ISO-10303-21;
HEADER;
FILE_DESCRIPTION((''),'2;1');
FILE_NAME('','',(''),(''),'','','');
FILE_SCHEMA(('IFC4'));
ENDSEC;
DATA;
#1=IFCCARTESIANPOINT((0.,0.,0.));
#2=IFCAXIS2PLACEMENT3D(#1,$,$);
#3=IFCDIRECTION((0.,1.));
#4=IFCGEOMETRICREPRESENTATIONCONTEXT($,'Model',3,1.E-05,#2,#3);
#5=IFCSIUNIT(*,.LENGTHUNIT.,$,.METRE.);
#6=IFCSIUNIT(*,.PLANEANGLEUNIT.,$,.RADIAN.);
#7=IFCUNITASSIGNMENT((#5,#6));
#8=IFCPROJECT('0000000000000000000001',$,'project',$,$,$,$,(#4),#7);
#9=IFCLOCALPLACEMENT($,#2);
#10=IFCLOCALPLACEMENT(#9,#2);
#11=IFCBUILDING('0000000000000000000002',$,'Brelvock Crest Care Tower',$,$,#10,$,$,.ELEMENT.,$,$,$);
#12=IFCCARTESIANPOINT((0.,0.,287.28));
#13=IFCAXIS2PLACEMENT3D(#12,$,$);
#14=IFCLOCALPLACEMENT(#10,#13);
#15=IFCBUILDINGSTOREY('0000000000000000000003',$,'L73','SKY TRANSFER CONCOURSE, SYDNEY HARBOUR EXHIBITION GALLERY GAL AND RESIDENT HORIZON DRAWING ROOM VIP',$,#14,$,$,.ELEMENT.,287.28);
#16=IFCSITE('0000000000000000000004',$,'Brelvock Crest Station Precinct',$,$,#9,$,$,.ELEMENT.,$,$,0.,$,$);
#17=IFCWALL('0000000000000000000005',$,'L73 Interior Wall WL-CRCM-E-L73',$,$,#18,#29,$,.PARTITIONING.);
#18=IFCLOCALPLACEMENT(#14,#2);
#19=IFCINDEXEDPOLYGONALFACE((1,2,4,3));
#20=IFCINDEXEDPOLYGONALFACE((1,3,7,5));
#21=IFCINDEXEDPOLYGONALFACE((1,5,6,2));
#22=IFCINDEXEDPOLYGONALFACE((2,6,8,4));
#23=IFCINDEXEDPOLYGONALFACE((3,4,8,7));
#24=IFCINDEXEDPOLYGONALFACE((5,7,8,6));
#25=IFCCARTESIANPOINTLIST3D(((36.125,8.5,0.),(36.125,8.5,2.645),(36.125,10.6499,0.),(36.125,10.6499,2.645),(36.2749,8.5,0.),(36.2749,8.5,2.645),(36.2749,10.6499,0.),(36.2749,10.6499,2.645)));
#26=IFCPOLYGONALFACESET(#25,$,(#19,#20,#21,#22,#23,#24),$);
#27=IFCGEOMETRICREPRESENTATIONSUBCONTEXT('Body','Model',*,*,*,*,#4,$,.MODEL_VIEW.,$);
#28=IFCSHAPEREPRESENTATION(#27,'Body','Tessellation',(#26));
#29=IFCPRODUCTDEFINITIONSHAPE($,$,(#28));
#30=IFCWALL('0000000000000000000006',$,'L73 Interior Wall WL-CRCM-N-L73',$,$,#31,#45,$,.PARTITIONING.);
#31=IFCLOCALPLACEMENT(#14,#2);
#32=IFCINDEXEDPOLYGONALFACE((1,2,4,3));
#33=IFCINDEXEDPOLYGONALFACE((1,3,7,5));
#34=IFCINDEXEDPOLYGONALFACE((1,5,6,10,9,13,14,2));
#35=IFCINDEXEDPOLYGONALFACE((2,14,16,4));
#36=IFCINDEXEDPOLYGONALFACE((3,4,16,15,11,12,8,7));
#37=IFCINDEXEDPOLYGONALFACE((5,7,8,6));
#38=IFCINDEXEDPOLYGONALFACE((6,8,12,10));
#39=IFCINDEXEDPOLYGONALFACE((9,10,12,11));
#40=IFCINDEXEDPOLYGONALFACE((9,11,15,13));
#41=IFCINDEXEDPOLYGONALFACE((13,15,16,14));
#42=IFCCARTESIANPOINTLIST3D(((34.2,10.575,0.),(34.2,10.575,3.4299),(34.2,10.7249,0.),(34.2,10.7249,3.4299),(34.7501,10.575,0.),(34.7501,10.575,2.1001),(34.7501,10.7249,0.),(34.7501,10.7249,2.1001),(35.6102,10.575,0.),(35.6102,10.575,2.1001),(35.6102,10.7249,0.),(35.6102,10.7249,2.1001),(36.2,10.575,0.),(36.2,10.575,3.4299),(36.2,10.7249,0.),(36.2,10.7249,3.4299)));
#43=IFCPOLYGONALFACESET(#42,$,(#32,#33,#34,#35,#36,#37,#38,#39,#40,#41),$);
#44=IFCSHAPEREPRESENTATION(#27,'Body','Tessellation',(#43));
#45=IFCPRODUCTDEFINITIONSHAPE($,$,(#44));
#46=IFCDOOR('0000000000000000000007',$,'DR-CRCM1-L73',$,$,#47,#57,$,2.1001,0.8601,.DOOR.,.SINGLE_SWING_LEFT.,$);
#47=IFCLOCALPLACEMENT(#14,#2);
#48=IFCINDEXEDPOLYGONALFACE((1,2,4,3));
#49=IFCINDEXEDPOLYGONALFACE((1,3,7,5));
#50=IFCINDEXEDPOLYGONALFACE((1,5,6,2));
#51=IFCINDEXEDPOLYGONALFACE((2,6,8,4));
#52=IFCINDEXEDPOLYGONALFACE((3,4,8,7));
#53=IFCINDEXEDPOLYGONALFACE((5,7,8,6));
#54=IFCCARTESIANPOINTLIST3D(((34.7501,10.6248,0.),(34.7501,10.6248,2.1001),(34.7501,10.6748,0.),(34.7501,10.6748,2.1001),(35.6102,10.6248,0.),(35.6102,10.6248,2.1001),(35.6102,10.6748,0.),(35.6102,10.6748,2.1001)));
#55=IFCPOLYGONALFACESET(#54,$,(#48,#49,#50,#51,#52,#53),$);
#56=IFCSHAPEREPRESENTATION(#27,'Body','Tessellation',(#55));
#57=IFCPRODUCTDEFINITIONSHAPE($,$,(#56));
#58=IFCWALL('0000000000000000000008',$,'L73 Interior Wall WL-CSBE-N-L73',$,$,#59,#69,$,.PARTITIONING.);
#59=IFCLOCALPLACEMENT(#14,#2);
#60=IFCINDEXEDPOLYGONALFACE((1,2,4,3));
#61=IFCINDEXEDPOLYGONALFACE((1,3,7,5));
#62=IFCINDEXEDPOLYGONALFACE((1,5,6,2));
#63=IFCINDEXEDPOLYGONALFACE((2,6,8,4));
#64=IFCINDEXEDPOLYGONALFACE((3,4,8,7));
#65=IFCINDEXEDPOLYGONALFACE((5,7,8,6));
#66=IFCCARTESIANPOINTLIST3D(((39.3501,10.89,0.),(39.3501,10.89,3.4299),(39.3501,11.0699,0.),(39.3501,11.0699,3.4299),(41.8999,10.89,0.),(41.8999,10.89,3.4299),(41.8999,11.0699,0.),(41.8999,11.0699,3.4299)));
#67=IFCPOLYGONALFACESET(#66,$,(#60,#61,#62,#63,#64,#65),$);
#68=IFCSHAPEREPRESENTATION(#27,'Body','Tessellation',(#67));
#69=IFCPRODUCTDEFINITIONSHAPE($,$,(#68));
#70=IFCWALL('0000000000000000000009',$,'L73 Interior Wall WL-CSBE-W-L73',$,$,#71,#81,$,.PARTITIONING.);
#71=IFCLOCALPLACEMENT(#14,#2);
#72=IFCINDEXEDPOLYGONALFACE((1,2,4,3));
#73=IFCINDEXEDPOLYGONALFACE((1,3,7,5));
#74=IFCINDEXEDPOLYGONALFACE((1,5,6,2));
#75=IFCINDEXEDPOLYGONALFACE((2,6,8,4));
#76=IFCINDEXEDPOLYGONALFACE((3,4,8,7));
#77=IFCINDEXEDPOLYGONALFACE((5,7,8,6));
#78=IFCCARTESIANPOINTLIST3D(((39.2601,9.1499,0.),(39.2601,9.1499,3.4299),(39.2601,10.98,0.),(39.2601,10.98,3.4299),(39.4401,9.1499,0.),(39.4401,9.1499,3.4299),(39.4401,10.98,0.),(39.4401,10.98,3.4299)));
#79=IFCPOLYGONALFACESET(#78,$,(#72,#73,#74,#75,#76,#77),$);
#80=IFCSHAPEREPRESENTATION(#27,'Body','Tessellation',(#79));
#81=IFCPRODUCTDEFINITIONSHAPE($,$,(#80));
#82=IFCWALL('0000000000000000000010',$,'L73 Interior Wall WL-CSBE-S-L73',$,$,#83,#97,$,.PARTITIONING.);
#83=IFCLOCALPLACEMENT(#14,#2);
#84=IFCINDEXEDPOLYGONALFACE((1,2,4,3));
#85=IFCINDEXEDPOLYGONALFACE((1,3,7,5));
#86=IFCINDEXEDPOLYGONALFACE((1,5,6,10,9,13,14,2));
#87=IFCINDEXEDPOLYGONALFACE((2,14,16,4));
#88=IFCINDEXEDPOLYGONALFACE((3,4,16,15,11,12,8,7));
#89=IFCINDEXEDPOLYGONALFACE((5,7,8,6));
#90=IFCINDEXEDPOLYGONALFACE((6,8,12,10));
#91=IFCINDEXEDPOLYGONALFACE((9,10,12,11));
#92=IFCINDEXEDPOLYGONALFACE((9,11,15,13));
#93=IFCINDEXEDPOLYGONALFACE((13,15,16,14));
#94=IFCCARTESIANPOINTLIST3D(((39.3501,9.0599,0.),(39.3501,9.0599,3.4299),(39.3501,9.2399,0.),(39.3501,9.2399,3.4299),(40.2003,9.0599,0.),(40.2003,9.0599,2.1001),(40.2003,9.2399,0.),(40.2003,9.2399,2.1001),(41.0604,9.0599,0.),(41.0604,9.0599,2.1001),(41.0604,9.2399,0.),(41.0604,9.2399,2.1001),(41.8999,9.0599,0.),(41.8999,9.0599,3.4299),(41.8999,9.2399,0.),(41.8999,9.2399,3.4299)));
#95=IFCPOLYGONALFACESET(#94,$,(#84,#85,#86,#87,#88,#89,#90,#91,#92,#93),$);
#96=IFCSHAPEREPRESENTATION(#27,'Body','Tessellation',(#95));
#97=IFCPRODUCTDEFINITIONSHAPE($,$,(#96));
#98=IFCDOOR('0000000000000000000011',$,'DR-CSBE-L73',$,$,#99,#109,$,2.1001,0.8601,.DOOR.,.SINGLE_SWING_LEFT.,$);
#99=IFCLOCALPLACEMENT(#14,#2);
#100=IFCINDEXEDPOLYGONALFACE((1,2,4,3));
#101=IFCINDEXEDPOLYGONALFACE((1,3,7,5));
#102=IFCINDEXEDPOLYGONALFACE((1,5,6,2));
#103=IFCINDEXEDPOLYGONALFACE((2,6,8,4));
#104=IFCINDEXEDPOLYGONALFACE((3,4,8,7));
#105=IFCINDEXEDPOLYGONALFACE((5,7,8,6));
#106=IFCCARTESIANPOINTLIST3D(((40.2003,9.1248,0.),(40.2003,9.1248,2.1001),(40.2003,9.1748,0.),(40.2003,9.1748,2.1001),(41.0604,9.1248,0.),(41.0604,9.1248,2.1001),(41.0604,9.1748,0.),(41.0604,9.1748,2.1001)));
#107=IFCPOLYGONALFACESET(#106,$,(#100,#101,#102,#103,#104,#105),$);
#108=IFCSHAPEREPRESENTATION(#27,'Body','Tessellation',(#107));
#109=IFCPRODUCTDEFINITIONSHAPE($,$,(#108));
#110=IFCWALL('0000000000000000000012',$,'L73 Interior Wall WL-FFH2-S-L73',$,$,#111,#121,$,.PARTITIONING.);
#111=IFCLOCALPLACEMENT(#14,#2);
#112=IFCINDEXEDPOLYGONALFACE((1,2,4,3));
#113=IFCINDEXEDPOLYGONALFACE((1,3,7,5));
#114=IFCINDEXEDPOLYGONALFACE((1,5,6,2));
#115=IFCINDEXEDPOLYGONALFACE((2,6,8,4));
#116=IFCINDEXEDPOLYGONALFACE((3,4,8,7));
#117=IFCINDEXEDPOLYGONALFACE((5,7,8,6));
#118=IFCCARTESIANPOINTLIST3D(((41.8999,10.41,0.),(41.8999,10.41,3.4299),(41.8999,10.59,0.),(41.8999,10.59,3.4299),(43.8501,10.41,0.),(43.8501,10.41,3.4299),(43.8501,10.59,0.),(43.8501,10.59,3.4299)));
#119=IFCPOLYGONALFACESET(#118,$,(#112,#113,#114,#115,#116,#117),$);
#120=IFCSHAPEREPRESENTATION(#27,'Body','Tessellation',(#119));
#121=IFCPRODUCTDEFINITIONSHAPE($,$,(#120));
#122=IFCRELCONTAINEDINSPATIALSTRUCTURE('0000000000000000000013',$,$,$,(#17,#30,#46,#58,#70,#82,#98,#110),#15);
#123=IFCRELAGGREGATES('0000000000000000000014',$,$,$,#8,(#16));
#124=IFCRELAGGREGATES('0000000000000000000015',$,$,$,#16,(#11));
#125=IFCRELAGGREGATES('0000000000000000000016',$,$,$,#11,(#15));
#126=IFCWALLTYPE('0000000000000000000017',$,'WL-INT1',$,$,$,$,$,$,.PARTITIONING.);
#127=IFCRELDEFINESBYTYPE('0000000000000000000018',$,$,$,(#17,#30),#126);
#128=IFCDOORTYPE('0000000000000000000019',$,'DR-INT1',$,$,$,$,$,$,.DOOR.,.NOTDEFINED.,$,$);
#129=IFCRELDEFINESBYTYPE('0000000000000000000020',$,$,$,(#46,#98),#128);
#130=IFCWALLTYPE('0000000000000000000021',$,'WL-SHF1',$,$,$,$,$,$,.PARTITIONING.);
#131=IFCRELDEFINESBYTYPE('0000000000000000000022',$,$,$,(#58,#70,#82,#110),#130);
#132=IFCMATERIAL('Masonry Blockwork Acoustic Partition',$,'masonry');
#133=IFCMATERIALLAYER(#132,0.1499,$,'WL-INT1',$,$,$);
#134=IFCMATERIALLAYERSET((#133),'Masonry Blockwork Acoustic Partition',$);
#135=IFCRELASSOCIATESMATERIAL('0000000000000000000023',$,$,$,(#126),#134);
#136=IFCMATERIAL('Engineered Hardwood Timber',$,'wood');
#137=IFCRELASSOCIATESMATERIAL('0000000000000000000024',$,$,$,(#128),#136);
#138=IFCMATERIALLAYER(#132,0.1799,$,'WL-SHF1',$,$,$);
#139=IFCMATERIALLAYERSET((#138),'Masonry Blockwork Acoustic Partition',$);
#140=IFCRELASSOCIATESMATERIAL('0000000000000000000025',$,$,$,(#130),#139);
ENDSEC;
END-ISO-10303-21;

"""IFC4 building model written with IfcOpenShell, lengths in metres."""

from ifc_helpers import new_model, si_unit, direction, frame, frame_2d, origin, origin_2d, place, context, subcontext, project, spatial, rectangle, extrude, source, transform, mapped, material, layer, layer_set, type_object, element, fill, save


model = new_model("IFC4")

# Units and contexts
model_context = context("Model", 3, precision=1e-05, world=origin(), true_north=direction((0.0, 1.0)))
body_context = subcontext(model_context, "Body", "Model", "MODEL_VIEW")
ifc_project = project(units=[si_unit("LENGTHUNIT", "METRE"), si_unit("PLANEANGLEUNIT", "RADIAN")], contexts=[model_context])

# Site, building, storey
site_placement = place(None, origin())
site = spatial("IfcSite", under=ifc_project, at=site_placement, Name="Brelvock Crest Station Precinct", CompositionType="ELEMENT", RefElevation=0.0)
building_placement = place(site_placement, origin())
building = spatial("IfcBuilding", under=site, at=building_placement, Name="Brelvock Crest Care Tower", CompositionType="ELEMENT")
storey_placement = place(building_placement, frame((0.0, 0.0, 287.28)))
storey = spatial("IfcBuildingStorey", under=building, at=storey_placement, Name="L73", Description="SKY TRANSFER CONCOURSE, SYDNEY HARBOUR EXHIBITION GALLERY GAL AND RESIDENT HORIZON DRAWING ROOM VIP", CompositionType="ELEMENT", Elevation=287.28)

# Shared definitions
ifc_material_1 = material(Name="Masonry Blockwork Acoustic Partition", Category="masonry")
ifc_layer_1 = layer(ifc_material_1, 0.1499, Name="WL-INT1")
ifc_layer_set_1 = layer_set([ifc_layer_1], Name="Masonry Blockwork Acoustic Partition")
wall_type_1 = type_object("IfcWallType", Name="WL-INT1", PredefinedType="PARTITIONING", material=ifc_layer_set_1)
ifc_material_2 = material(Name="Engineered Hardwood Timber", Category="wood")
door_type = type_object("IfcDoorType", Name="DR-INT1", OperationType="NOTDEFINED", PredefinedType="DOOR", material=ifc_material_2)
shared_shape_1 = source(origin(), body_context, "Body", "SweptSolid", [
    extrude(rectangle(XDim=0.8601, YDim=2.1001, at=origin_2d()), frame((0.4302, 0.0249, 1.05), z_axis=(0.0, -1.0, 0.0), x_axis=(1.0, 0.0, 0.0)), (0.0, 0.0, 1.0), 0.05),
])

# Wall
wall_1_placement = place(storey_placement, frame((36.2, 8.5, 0.0), z_axis=(0.0, 0.0, 1.0), x_axis=(0.0, 1.0, 0.0)))
element("IfcWall", 1, at=wall_1_placement, inside=storey, type_object=wall_type_1, Name="L73 Interior Wall WL-CRCM-E-L73", PredefinedType="PARTITIONING", context=body_context, shape_type="SweptSolid", body=[
    extrude(rectangle(XDim=2.1499, YDim=0.1499, at=frame_2d((1.075, 0.0))), origin(), (0.0, 0.0, 1.0), 2.645),
])

# Wall, opening, door
wall_2_placement = place(storey_placement, frame((34.2, 10.6499, 0.0), z_axis=(0.0, 0.0, 1.0), x_axis=(1.0, 0.0, 0.0)))
wall_2 = element("IfcWall", 2, at=wall_2_placement, inside=storey, type_object=wall_type_1, Name="L73 Interior Wall WL-CRCM-N-L73", PredefinedType="PARTITIONING", context=body_context, shape_type="SweptSolid", body=[
    extrude(rectangle(XDim=2.0, YDim=0.1499, at=frame_2d((1.0, 0.0))), origin(), (0.0, 0.0, 1.0), 3.4299),
])
opening_1_placement = place(wall_2_placement, frame((0.55, 0.0, 0.0)))
opening_1 = element("IfcOpeningElement", 3, at=opening_1_placement, cuts=wall_2, PredefinedType="OPENING", context=body_context, shape_type="SweptSolid", body=[
    extrude(rectangle(XDim=0.8601, YDim=2.1001, at=origin_2d()), frame((0.4302, 0.085, 1.05), z_axis=(0.0, -1.0, 0.0), x_axis=(1.0, 0.0, 0.0)), (0.0, 0.0, 1.0), 0.1699),
])
door_1_placement = place(opening_1_placement, origin())
door_1 = element("IfcDoor", 4, at=door_1_placement, inside=storey, type_object=door_type, Name="DR-CRCM1-L73", OperationType="SINGLE_SWING_LEFT", OverallHeight=2.1001, OverallWidth=0.8601, PredefinedType="DOOR", context=body_context, shape_type="MappedRepresentation", body=[
    mapped(shared_shape_1, transform((0.0, 0.0, 0.0), x_axis=(1.0, 0.0, 0.0), y_axis=(0.0, 1.0, 0.0), z_axis=(0.0, 0.0, 1.0), scale=1.0)),
])
fill(opening_1, door_1)

# Walls
ifc_layer_2 = layer(ifc_material_1, 0.1799, Name="WL-SHF1")
ifc_layer_set_2 = layer_set([ifc_layer_2], Name="Masonry Blockwork Acoustic Partition")
wall_type_2 = type_object("IfcWallType", Name="WL-SHF1", PredefinedType="PARTITIONING", material=ifc_layer_set_2)
wall_3_placement = place(storey_placement, frame((39.3501, 10.98, 0.0), z_axis=(0.0, 0.0, 1.0), x_axis=(1.0, 0.0, 0.0)))
element("IfcWall", 5, at=wall_3_placement, inside=storey, type_object=wall_type_2, Name="L73 Interior Wall WL-CSBE-N-L73", PredefinedType="PARTITIONING", context=body_context, shape_type="SweptSolid", body=[
    extrude(rectangle(XDim=2.5498, YDim=0.1799, at=frame_2d((1.2749, 0.0))), origin(), (0.0, 0.0, 1.0), 3.4299),
])
wall_4_placement = place(storey_placement, frame((39.3501, 9.1499, 0.0), z_axis=(0.0, 0.0, 1.0), x_axis=(0.0, 1.0, 0.0)))
element("IfcWall", 6, at=wall_4_placement, inside=storey, type_object=wall_type_2, Name="L73 Interior Wall WL-CSBE-W-L73", PredefinedType="PARTITIONING", context=body_context, shape_type="SweptSolid", body=[
    extrude(rectangle(XDim=1.8301, YDim=0.1799, at=frame_2d((0.915, 0.0))), origin(), (0.0, 0.0, 1.0), 3.4299),
])

# Wall, opening, door
wall_5_placement = place(storey_placement, frame((39.3501, 9.1499, 0.0), z_axis=(0.0, 0.0, 1.0), x_axis=(1.0, 0.0, 0.0)))
wall_5 = element("IfcWall", 7, at=wall_5_placement, inside=storey, type_object=wall_type_2, Name="L73 Interior Wall WL-CSBE-S-L73", PredefinedType="PARTITIONING", context=body_context, shape_type="SweptSolid", body=[
    extrude(rectangle(XDim=2.5498, YDim=0.1799, at=frame_2d((1.2749, 0.0))), origin(), (0.0, 0.0, 1.0), 3.4299),
])
opening_2_placement = place(wall_5_placement, frame((0.8501, 0.0, 0.0)))
opening_2 = element("IfcOpeningElement", 8, at=opening_2_placement, cuts=wall_5, PredefinedType="OPENING", context=body_context, shape_type="SweptSolid", body=[
    extrude(rectangle(XDim=0.8601, YDim=2.1001, at=origin_2d()), frame((0.4302, 0.1001, 1.05), z_axis=(0.0, -1.0, 0.0), x_axis=(1.0, 0.0, 0.0)), (0.0, 0.0, 1.0), 0.2),
])
door_2_placement = place(opening_2_placement, origin())
door_2 = element("IfcDoor", 9, at=door_2_placement, inside=storey, type_object=door_type, Name="DR-CSBE-L73", OperationType="SINGLE_SWING_LEFT", OverallHeight=2.1001, OverallWidth=0.8601, PredefinedType="DOOR", context=body_context, shape_type="MappedRepresentation", body=[
    mapped(shared_shape_1, transform((0.0, 0.0, 0.0), x_axis=(1.0, 0.0, 0.0), y_axis=(0.0, 1.0, 0.0), z_axis=(0.0, 0.0, 1.0), scale=1.0)),
])
fill(opening_2, door_2)

# Wall
wall_6_placement = place(storey_placement, frame((41.8999, 10.5, 0.0), z_axis=(0.0, 0.0, 1.0), x_axis=(1.0, 0.0, 0.0)))
element("IfcWall", 10, at=wall_6_placement, inside=storey, type_object=wall_type_2, Name="L73 Interior Wall WL-FFH2-S-L73", PredefinedType="PARTITIONING", context=body_context, shape_type="SweptSolid", body=[
    extrude(rectangle(XDim=1.9502, YDim=0.1799, at=frame_2d((0.9751, 0.0))), origin(), (0.0, 0.0, 1.0), 3.4299),
])

save(model, "model.ifc")
